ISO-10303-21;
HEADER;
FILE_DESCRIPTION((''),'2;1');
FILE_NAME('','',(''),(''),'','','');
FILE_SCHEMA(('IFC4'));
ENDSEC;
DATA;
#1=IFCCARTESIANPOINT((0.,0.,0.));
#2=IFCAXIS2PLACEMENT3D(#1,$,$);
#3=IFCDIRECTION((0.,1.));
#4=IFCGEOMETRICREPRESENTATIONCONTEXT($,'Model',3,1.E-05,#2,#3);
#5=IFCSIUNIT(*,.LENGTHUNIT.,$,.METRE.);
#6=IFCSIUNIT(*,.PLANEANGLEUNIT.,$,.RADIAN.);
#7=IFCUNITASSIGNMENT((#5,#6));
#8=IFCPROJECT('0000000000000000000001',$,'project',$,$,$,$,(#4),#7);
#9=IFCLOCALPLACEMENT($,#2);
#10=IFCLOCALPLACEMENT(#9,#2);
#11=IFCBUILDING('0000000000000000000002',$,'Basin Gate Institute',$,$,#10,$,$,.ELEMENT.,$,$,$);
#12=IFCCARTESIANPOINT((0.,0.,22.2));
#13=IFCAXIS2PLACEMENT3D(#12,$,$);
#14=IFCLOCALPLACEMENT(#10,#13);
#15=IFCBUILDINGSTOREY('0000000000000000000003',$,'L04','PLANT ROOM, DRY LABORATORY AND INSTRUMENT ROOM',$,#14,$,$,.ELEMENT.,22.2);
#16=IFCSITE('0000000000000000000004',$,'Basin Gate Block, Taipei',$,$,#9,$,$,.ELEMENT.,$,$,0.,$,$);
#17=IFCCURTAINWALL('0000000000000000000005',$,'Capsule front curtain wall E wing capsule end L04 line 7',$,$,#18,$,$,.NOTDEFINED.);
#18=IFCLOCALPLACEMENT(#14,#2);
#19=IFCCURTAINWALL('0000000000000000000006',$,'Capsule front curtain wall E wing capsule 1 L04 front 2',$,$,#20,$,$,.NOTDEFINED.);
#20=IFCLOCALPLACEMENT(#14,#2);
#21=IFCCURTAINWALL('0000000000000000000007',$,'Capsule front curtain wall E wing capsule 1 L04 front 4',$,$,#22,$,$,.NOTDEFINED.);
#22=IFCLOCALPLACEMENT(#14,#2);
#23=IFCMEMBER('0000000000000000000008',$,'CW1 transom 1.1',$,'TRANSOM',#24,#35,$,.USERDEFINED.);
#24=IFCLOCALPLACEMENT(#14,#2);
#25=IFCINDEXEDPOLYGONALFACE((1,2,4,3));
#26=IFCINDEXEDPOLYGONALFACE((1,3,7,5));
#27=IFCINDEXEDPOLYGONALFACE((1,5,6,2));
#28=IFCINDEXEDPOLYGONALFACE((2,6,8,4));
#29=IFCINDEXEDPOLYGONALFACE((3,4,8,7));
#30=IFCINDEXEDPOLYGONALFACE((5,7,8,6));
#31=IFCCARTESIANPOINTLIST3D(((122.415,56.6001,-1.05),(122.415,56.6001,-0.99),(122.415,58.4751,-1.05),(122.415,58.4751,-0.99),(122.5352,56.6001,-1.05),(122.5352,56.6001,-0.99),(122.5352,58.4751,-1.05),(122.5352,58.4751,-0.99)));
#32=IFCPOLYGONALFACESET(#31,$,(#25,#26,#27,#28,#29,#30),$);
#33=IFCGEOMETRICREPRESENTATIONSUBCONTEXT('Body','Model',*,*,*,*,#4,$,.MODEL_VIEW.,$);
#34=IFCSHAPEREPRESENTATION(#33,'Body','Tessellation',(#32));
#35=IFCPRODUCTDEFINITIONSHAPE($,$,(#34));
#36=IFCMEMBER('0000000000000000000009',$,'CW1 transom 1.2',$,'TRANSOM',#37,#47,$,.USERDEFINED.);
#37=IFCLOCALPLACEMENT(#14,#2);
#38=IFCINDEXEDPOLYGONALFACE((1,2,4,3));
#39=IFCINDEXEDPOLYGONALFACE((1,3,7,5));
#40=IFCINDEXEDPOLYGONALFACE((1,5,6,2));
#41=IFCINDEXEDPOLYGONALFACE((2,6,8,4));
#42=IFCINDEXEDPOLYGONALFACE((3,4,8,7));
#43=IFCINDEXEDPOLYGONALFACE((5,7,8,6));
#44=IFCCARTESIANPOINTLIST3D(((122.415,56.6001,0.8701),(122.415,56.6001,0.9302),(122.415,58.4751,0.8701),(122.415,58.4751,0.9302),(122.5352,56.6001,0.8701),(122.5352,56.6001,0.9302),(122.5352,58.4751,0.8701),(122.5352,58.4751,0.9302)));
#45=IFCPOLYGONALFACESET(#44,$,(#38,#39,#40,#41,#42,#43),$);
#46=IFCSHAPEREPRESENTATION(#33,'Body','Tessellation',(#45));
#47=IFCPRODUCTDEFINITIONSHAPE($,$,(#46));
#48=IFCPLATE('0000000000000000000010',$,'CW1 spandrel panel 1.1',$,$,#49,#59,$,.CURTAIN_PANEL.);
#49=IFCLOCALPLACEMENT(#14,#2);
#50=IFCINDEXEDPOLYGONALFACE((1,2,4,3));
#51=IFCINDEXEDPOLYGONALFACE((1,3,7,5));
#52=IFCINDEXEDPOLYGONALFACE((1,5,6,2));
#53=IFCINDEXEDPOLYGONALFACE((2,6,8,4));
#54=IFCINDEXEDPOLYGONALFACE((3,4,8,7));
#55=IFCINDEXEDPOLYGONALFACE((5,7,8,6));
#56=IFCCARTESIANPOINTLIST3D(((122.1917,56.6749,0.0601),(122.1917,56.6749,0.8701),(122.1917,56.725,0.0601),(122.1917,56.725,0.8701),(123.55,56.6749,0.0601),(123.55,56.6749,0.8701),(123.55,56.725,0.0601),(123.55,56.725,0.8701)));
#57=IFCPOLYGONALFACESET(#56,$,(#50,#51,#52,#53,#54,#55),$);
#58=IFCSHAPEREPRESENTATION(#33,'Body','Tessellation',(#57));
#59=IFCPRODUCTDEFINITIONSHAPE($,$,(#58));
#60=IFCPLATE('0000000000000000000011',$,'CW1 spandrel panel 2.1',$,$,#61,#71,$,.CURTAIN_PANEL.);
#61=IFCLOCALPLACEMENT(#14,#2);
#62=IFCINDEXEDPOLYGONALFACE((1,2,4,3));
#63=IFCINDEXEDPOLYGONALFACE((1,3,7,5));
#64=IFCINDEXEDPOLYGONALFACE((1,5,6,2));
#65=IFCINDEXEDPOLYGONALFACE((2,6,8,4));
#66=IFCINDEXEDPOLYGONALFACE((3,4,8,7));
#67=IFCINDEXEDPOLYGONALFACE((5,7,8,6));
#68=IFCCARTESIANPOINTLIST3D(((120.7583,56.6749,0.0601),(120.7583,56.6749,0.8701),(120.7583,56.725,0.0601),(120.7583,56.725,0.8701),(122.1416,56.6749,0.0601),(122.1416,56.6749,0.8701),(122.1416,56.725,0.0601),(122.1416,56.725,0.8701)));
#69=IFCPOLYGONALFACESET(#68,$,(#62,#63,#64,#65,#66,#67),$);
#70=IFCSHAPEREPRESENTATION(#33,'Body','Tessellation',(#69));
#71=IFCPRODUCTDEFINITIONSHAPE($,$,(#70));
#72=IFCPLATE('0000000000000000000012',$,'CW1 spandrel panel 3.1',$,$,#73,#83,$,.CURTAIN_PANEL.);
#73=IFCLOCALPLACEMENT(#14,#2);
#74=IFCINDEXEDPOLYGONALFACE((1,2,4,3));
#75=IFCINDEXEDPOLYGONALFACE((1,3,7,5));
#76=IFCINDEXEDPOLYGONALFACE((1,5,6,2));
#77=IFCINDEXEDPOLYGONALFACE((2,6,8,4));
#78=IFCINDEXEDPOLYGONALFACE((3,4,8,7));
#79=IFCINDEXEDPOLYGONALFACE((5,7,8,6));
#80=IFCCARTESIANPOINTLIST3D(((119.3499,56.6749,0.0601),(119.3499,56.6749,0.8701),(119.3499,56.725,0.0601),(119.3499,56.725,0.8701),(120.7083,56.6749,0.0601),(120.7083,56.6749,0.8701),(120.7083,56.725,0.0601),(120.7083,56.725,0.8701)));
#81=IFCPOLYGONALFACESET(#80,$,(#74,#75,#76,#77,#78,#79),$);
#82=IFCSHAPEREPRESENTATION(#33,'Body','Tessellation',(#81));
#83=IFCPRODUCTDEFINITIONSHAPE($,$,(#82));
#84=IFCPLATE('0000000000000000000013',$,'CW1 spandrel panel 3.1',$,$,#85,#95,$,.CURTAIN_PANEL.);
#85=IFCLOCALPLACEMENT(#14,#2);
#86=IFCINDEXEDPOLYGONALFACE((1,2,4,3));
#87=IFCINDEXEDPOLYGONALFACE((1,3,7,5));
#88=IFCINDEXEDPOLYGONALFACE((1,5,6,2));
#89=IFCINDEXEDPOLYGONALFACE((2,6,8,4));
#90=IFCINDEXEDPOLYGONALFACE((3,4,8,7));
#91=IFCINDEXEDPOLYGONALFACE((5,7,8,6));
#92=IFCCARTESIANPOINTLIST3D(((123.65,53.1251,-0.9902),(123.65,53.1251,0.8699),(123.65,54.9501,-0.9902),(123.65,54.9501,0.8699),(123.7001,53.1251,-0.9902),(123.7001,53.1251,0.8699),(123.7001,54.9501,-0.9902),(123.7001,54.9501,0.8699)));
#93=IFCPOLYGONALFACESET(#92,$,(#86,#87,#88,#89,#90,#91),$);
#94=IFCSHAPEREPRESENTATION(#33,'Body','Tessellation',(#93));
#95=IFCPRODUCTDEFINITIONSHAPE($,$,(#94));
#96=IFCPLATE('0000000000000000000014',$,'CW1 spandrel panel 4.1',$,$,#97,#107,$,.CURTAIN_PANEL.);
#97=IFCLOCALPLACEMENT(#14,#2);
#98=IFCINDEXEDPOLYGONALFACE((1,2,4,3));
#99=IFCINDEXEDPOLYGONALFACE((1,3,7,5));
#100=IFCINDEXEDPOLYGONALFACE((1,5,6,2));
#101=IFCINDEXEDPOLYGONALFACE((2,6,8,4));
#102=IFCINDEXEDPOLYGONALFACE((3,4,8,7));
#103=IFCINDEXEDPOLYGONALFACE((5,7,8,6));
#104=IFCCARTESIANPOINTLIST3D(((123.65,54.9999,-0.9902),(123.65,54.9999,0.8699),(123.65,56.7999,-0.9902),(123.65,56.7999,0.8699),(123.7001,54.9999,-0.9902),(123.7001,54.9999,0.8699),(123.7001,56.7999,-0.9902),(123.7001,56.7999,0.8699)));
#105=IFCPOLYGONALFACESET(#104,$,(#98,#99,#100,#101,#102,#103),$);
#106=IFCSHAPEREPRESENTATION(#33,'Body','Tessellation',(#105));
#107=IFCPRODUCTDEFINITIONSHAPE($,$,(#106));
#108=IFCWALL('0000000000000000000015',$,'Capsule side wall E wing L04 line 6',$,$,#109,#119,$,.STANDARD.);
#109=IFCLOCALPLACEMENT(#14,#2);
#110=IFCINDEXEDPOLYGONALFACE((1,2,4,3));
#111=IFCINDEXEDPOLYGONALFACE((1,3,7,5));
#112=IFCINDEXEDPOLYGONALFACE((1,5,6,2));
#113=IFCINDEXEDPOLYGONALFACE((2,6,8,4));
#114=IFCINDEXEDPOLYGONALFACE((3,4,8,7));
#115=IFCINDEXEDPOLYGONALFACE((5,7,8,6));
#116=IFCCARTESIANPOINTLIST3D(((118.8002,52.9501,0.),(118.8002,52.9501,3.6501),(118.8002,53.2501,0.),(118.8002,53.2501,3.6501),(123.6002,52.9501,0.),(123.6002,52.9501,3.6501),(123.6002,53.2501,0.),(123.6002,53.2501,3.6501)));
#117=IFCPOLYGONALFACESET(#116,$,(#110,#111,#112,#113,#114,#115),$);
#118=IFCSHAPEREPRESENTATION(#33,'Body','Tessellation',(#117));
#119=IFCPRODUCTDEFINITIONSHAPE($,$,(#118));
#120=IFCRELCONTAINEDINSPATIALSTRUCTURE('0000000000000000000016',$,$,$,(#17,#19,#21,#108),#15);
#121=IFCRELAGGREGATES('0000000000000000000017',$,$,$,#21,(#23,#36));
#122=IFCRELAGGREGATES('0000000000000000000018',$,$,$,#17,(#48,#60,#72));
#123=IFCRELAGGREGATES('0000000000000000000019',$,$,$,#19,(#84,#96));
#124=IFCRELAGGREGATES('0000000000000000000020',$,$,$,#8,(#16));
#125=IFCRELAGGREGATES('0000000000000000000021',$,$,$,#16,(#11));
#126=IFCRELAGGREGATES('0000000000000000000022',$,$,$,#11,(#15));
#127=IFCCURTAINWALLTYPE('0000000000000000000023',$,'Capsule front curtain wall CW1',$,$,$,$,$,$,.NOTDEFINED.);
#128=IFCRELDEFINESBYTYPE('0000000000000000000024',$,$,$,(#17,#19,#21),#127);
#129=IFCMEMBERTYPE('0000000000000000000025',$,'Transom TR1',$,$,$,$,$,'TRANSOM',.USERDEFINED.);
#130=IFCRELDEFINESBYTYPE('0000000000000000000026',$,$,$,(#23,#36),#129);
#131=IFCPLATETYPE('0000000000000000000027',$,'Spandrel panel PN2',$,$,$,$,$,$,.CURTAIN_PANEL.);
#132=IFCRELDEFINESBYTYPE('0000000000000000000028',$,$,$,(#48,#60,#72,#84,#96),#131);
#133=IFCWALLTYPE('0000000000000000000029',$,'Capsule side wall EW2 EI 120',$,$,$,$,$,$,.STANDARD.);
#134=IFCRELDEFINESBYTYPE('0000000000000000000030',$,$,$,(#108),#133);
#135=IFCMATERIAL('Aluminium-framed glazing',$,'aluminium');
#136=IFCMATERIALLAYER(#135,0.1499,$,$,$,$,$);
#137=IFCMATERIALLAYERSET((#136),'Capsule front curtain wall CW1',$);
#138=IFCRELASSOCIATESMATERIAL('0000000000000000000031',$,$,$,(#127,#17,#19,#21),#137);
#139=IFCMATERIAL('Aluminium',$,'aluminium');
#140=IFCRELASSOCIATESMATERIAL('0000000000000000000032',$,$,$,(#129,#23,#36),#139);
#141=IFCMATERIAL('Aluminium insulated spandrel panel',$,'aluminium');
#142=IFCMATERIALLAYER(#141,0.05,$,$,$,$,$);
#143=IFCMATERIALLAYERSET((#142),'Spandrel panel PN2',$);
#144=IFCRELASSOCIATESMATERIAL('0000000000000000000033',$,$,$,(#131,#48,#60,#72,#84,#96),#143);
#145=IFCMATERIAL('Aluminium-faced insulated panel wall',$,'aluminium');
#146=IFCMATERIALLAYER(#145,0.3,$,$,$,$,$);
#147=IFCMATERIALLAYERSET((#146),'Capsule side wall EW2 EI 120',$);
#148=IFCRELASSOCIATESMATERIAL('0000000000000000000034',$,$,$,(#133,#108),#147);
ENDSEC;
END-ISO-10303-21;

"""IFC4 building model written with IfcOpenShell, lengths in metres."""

from ifc_helpers import new_model, si_unit, direction, frame, frame_2d, origin, origin_2d, place, context, subcontext, project, spatial, rectangle, extrude, material, layer, layer_set, material_profile, profile_set, type_object, element, aggregate, save


model = new_model("IFC4")

# Units and contexts
model_context = context("Model", 3, precision=1e-05, world=origin(), true_north=direction((0.0, 1.0)))
body_context = subcontext(model_context, "Body", "Model", "MODEL_VIEW")
ifc_project = project(units=[si_unit("LENGTHUNIT", "METRE"), si_unit("PLANEANGLEUNIT", "RADIAN")], contexts=[model_context])

# Site, building, storey
site_placement = place(None, origin())
site = spatial("IfcSite", under=ifc_project, at=site_placement, Name="Basin Gate Block, Taipei", CompositionType="ELEMENT", RefElevation=0.0)
building_placement = place(site_placement, origin())
building = spatial("IfcBuilding", under=site, at=building_placement, Name="Basin Gate Institute", CompositionType="ELEMENT")
storey_placement = place(building_placement, frame((0.0, 0.0, 22.2)))
storey = spatial("IfcBuildingStorey", under=building, at=storey_placement, Name="L04", Description="PLANT ROOM, DRY LABORATORY AND INSTRUMENT ROOM", CompositionType="ELEMENT", Elevation=22.2)

# Curtain walls
ifc_material_1 = material(Name="Aluminium-framed glazing", Category="aluminium")
ifc_layer_1 = layer(ifc_material_1, 0.1499)
ifc_layer_set_1 = layer_set([ifc_layer_1], Name="Capsule front curtain wall CW1")
curtain_wall_type = type_object("IfcCurtainWallType", Name="Capsule front curtain wall CW1", PredefinedType="NOTDEFINED", material=ifc_layer_set_1)
curtain_wall_1_placement = place(storey_placement, origin())
curtain_wall_1 = element("IfcCurtainWall", 1, at=curtain_wall_1_placement, inside=storey, type_object=curtain_wall_type, material=ifc_layer_set_1, Name="Capsule front curtain wall E wing capsule end L04 line 7", PredefinedType="NOTDEFINED")
curtain_wall_2_placement = place(storey_placement, origin())
curtain_wall_2 = element("IfcCurtainWall", 2, at=curtain_wall_2_placement, inside=storey, type_object=curtain_wall_type, material=ifc_layer_set_1, Name="Capsule front curtain wall E wing capsule 1 L04 front 2", PredefinedType="NOTDEFINED")

# Curtain wall
curtain_wall_3_placement = place(storey_placement, origin())
curtain_wall_3 = element("IfcCurtainWall", 3, at=curtain_wall_3_placement, inside=storey, type_object=curtain_wall_type, material=ifc_layer_set_1, Name="Capsule front curtain wall E wing capsule 1 L04 front 4", PredefinedType="NOTDEFINED")

# Members
ifc_material_2 = material(Name="Aluminium", Category="aluminium")
ifc_material_profile_1 = material_profile(ifc_material_2, rectangle(XDim=0.1201, YDim=0.0601, at=origin_2d()), Name="Transom TR1 120 x 60")
ifc_profile_set_1 = profile_set([ifc_material_profile_1], Name="Aluminium")
member_type_1 = type_object("IfcMemberType", Name="Transom TR1", ElementType="TRANSOM", PredefinedType="USERDEFINED", material=ifc_profile_set_1)
member_1_placement = place(storey_placement, frame((122.4751, 56.6001, -1.02), z_axis=(0.0, 1.0, 0.0), x_axis=(-1.0, 0.0, 0.0)))
member_1 = element("IfcMember", 4, at=member_1_placement, type_object=member_type_1, material=ifc_profile_set_1, Name="CW1 transom 1.1", ObjectType="TRANSOM", PredefinedType="USERDEFINED", context=body_context, shape_type="SweptSolid", body=[
    extrude(rectangle(XDim=0.1201, YDim=0.0601, at=origin_2d()), origin(), (0.0, 0.0, 1.0), 1.875),
])
member_2_placement = place(storey_placement, frame((122.4751, 56.6001, 0.9001), z_axis=(0.0, 1.0, 0.0), x_axis=(-1.0, 0.0, 0.0)))
member_2 = element("IfcMember", 5, at=member_2_placement, type_object=member_type_1, material=ifc_profile_set_1, Name="CW1 transom 1.2", ObjectType="TRANSOM", PredefinedType="USERDEFINED", context=body_context, shape_type="SweptSolid", body=[
    extrude(rectangle(XDim=0.1201, YDim=0.0601, at=origin_2d()), origin(), (0.0, 0.0, 1.0), 1.875),
])
aggregate(curtain_wall_3, [member_1, member_2])

# Plates
ifc_material_3 = material(Name="Aluminium insulated spandrel panel", Category="aluminium")
ifc_layer_2 = layer(ifc_material_3, 0.05)
ifc_layer_set_2 = layer_set([ifc_layer_2], Name="Spandrel panel PN2")
plate_type = type_object("IfcPlateType", Name="Spandrel panel PN2", PredefinedType="CURTAIN_PANEL", material=ifc_layer_set_2)
plate_1_placement = place(storey_placement, frame((122.8708, 56.7, 0.0601), z_axis=(0.0, 0.0, 1.0), x_axis=(-1.0, 0.0, 0.0)))
plate_1 = element("IfcPlate", 6, at=plate_1_placement, type_object=plate_type, material=ifc_layer_set_2, Name="CW1 spandrel panel 1.1", PredefinedType="CURTAIN_PANEL", context=body_context, shape_type="SweptSolid", body=[
    extrude(rectangle(XDim=1.3584, YDim=0.05, at=origin_2d()), origin(), (0.0, 0.0, 1.0), 0.8101),
])
plate_2_placement = place(storey_placement, frame((121.45, 56.7, 0.0601), z_axis=(0.0, 0.0, 1.0), x_axis=(-1.0, 0.0, 0.0)))
plate_2 = element("IfcPlate", 7, at=plate_2_placement, type_object=plate_type, material=ifc_layer_set_2, Name="CW1 spandrel panel 2.1", PredefinedType="CURTAIN_PANEL", context=body_context, shape_type="SweptSolid", body=[
    extrude(rectangle(XDim=1.3833, YDim=0.05, at=origin_2d()), origin(), (0.0, 0.0, 1.0), 0.8101),
])
plate_3_placement = place(storey_placement, frame((120.0291, 56.7, 0.0601), z_axis=(0.0, 0.0, 1.0), x_axis=(-1.0, 0.0, 0.0)))
plate_3 = element("IfcPlate", 8, at=plate_3_placement, type_object=plate_type, material=ifc_layer_set_2, Name="CW1 spandrel panel 3.1", PredefinedType="CURTAIN_PANEL", context=body_context, shape_type="SweptSolid", body=[
    extrude(rectangle(XDim=1.3584, YDim=0.05, at=origin_2d()), origin(), (0.0, 0.0, 1.0), 0.8101),
])
aggregate(curtain_wall_1, [plate_1, plate_2, plate_3])
plate_4_placement = place(storey_placement, frame((123.675, 54.0376, -0.9902), z_axis=(0.0, 0.0, 1.0), x_axis=(0.0, 1.0, 0.0)))
plate_4 = element("IfcPlate", 9, at=plate_4_placement, type_object=plate_type, material=ifc_layer_set_2, Name="CW1 spandrel panel 3.1", PredefinedType="CURTAIN_PANEL", context=body_context, shape_type="SweptSolid", body=[
    extrude(rectangle(XDim=1.825, YDim=0.05, at=origin_2d()), origin(), (0.0, 0.0, 1.0), 1.8601),
])
plate_5_placement = place(storey_placement, frame((123.675, 55.8999, -0.9902), z_axis=(0.0, 0.0, 1.0), x_axis=(0.0, 1.0, 0.0)))
plate_5 = element("IfcPlate", 10, at=plate_5_placement, type_object=plate_type, material=ifc_layer_set_2, Name="CW1 spandrel panel 4.1", PredefinedType="CURTAIN_PANEL", context=body_context, shape_type="SweptSolid", body=[
    extrude(rectangle(XDim=1.8, YDim=0.05, at=origin_2d()), origin(), (0.0, 0.0, 1.0), 1.8601),
])
aggregate(curtain_wall_2, [plate_4, plate_5])

# Wall
ifc_material_4 = material(Name="Aluminium-faced insulated panel wall", Category="aluminium")
ifc_layer_3 = layer(ifc_material_4, 0.3)
ifc_layer_set_3 = layer_set([ifc_layer_3], Name="Capsule side wall EW2 EI 120")
wall_type = type_object("IfcWallType", Name="Capsule side wall EW2 EI 120", PredefinedType="STANDARD", material=ifc_layer_set_3)
wall_placement = place(storey_placement, frame((123.6001, 53.1001, 0.0), z_axis=(0.0, 0.0, 1.0), x_axis=(-1.0, 0.0, 0.0)))
element("IfcWall", 11, at=wall_placement, inside=storey, type_object=wall_type, material=ifc_layer_set_3, Name="Capsule side wall E wing L04 line 6", PredefinedType="STANDARD", context=body_context, shape_type="SweptSolid", body=[
    extrude(rectangle(XDim=4.8, YDim=0.3, at=frame_2d((2.3999, 0.0))), origin(), (0.0, 0.0, 1.0), 3.6501),
])

save(model, "model.ifc")
